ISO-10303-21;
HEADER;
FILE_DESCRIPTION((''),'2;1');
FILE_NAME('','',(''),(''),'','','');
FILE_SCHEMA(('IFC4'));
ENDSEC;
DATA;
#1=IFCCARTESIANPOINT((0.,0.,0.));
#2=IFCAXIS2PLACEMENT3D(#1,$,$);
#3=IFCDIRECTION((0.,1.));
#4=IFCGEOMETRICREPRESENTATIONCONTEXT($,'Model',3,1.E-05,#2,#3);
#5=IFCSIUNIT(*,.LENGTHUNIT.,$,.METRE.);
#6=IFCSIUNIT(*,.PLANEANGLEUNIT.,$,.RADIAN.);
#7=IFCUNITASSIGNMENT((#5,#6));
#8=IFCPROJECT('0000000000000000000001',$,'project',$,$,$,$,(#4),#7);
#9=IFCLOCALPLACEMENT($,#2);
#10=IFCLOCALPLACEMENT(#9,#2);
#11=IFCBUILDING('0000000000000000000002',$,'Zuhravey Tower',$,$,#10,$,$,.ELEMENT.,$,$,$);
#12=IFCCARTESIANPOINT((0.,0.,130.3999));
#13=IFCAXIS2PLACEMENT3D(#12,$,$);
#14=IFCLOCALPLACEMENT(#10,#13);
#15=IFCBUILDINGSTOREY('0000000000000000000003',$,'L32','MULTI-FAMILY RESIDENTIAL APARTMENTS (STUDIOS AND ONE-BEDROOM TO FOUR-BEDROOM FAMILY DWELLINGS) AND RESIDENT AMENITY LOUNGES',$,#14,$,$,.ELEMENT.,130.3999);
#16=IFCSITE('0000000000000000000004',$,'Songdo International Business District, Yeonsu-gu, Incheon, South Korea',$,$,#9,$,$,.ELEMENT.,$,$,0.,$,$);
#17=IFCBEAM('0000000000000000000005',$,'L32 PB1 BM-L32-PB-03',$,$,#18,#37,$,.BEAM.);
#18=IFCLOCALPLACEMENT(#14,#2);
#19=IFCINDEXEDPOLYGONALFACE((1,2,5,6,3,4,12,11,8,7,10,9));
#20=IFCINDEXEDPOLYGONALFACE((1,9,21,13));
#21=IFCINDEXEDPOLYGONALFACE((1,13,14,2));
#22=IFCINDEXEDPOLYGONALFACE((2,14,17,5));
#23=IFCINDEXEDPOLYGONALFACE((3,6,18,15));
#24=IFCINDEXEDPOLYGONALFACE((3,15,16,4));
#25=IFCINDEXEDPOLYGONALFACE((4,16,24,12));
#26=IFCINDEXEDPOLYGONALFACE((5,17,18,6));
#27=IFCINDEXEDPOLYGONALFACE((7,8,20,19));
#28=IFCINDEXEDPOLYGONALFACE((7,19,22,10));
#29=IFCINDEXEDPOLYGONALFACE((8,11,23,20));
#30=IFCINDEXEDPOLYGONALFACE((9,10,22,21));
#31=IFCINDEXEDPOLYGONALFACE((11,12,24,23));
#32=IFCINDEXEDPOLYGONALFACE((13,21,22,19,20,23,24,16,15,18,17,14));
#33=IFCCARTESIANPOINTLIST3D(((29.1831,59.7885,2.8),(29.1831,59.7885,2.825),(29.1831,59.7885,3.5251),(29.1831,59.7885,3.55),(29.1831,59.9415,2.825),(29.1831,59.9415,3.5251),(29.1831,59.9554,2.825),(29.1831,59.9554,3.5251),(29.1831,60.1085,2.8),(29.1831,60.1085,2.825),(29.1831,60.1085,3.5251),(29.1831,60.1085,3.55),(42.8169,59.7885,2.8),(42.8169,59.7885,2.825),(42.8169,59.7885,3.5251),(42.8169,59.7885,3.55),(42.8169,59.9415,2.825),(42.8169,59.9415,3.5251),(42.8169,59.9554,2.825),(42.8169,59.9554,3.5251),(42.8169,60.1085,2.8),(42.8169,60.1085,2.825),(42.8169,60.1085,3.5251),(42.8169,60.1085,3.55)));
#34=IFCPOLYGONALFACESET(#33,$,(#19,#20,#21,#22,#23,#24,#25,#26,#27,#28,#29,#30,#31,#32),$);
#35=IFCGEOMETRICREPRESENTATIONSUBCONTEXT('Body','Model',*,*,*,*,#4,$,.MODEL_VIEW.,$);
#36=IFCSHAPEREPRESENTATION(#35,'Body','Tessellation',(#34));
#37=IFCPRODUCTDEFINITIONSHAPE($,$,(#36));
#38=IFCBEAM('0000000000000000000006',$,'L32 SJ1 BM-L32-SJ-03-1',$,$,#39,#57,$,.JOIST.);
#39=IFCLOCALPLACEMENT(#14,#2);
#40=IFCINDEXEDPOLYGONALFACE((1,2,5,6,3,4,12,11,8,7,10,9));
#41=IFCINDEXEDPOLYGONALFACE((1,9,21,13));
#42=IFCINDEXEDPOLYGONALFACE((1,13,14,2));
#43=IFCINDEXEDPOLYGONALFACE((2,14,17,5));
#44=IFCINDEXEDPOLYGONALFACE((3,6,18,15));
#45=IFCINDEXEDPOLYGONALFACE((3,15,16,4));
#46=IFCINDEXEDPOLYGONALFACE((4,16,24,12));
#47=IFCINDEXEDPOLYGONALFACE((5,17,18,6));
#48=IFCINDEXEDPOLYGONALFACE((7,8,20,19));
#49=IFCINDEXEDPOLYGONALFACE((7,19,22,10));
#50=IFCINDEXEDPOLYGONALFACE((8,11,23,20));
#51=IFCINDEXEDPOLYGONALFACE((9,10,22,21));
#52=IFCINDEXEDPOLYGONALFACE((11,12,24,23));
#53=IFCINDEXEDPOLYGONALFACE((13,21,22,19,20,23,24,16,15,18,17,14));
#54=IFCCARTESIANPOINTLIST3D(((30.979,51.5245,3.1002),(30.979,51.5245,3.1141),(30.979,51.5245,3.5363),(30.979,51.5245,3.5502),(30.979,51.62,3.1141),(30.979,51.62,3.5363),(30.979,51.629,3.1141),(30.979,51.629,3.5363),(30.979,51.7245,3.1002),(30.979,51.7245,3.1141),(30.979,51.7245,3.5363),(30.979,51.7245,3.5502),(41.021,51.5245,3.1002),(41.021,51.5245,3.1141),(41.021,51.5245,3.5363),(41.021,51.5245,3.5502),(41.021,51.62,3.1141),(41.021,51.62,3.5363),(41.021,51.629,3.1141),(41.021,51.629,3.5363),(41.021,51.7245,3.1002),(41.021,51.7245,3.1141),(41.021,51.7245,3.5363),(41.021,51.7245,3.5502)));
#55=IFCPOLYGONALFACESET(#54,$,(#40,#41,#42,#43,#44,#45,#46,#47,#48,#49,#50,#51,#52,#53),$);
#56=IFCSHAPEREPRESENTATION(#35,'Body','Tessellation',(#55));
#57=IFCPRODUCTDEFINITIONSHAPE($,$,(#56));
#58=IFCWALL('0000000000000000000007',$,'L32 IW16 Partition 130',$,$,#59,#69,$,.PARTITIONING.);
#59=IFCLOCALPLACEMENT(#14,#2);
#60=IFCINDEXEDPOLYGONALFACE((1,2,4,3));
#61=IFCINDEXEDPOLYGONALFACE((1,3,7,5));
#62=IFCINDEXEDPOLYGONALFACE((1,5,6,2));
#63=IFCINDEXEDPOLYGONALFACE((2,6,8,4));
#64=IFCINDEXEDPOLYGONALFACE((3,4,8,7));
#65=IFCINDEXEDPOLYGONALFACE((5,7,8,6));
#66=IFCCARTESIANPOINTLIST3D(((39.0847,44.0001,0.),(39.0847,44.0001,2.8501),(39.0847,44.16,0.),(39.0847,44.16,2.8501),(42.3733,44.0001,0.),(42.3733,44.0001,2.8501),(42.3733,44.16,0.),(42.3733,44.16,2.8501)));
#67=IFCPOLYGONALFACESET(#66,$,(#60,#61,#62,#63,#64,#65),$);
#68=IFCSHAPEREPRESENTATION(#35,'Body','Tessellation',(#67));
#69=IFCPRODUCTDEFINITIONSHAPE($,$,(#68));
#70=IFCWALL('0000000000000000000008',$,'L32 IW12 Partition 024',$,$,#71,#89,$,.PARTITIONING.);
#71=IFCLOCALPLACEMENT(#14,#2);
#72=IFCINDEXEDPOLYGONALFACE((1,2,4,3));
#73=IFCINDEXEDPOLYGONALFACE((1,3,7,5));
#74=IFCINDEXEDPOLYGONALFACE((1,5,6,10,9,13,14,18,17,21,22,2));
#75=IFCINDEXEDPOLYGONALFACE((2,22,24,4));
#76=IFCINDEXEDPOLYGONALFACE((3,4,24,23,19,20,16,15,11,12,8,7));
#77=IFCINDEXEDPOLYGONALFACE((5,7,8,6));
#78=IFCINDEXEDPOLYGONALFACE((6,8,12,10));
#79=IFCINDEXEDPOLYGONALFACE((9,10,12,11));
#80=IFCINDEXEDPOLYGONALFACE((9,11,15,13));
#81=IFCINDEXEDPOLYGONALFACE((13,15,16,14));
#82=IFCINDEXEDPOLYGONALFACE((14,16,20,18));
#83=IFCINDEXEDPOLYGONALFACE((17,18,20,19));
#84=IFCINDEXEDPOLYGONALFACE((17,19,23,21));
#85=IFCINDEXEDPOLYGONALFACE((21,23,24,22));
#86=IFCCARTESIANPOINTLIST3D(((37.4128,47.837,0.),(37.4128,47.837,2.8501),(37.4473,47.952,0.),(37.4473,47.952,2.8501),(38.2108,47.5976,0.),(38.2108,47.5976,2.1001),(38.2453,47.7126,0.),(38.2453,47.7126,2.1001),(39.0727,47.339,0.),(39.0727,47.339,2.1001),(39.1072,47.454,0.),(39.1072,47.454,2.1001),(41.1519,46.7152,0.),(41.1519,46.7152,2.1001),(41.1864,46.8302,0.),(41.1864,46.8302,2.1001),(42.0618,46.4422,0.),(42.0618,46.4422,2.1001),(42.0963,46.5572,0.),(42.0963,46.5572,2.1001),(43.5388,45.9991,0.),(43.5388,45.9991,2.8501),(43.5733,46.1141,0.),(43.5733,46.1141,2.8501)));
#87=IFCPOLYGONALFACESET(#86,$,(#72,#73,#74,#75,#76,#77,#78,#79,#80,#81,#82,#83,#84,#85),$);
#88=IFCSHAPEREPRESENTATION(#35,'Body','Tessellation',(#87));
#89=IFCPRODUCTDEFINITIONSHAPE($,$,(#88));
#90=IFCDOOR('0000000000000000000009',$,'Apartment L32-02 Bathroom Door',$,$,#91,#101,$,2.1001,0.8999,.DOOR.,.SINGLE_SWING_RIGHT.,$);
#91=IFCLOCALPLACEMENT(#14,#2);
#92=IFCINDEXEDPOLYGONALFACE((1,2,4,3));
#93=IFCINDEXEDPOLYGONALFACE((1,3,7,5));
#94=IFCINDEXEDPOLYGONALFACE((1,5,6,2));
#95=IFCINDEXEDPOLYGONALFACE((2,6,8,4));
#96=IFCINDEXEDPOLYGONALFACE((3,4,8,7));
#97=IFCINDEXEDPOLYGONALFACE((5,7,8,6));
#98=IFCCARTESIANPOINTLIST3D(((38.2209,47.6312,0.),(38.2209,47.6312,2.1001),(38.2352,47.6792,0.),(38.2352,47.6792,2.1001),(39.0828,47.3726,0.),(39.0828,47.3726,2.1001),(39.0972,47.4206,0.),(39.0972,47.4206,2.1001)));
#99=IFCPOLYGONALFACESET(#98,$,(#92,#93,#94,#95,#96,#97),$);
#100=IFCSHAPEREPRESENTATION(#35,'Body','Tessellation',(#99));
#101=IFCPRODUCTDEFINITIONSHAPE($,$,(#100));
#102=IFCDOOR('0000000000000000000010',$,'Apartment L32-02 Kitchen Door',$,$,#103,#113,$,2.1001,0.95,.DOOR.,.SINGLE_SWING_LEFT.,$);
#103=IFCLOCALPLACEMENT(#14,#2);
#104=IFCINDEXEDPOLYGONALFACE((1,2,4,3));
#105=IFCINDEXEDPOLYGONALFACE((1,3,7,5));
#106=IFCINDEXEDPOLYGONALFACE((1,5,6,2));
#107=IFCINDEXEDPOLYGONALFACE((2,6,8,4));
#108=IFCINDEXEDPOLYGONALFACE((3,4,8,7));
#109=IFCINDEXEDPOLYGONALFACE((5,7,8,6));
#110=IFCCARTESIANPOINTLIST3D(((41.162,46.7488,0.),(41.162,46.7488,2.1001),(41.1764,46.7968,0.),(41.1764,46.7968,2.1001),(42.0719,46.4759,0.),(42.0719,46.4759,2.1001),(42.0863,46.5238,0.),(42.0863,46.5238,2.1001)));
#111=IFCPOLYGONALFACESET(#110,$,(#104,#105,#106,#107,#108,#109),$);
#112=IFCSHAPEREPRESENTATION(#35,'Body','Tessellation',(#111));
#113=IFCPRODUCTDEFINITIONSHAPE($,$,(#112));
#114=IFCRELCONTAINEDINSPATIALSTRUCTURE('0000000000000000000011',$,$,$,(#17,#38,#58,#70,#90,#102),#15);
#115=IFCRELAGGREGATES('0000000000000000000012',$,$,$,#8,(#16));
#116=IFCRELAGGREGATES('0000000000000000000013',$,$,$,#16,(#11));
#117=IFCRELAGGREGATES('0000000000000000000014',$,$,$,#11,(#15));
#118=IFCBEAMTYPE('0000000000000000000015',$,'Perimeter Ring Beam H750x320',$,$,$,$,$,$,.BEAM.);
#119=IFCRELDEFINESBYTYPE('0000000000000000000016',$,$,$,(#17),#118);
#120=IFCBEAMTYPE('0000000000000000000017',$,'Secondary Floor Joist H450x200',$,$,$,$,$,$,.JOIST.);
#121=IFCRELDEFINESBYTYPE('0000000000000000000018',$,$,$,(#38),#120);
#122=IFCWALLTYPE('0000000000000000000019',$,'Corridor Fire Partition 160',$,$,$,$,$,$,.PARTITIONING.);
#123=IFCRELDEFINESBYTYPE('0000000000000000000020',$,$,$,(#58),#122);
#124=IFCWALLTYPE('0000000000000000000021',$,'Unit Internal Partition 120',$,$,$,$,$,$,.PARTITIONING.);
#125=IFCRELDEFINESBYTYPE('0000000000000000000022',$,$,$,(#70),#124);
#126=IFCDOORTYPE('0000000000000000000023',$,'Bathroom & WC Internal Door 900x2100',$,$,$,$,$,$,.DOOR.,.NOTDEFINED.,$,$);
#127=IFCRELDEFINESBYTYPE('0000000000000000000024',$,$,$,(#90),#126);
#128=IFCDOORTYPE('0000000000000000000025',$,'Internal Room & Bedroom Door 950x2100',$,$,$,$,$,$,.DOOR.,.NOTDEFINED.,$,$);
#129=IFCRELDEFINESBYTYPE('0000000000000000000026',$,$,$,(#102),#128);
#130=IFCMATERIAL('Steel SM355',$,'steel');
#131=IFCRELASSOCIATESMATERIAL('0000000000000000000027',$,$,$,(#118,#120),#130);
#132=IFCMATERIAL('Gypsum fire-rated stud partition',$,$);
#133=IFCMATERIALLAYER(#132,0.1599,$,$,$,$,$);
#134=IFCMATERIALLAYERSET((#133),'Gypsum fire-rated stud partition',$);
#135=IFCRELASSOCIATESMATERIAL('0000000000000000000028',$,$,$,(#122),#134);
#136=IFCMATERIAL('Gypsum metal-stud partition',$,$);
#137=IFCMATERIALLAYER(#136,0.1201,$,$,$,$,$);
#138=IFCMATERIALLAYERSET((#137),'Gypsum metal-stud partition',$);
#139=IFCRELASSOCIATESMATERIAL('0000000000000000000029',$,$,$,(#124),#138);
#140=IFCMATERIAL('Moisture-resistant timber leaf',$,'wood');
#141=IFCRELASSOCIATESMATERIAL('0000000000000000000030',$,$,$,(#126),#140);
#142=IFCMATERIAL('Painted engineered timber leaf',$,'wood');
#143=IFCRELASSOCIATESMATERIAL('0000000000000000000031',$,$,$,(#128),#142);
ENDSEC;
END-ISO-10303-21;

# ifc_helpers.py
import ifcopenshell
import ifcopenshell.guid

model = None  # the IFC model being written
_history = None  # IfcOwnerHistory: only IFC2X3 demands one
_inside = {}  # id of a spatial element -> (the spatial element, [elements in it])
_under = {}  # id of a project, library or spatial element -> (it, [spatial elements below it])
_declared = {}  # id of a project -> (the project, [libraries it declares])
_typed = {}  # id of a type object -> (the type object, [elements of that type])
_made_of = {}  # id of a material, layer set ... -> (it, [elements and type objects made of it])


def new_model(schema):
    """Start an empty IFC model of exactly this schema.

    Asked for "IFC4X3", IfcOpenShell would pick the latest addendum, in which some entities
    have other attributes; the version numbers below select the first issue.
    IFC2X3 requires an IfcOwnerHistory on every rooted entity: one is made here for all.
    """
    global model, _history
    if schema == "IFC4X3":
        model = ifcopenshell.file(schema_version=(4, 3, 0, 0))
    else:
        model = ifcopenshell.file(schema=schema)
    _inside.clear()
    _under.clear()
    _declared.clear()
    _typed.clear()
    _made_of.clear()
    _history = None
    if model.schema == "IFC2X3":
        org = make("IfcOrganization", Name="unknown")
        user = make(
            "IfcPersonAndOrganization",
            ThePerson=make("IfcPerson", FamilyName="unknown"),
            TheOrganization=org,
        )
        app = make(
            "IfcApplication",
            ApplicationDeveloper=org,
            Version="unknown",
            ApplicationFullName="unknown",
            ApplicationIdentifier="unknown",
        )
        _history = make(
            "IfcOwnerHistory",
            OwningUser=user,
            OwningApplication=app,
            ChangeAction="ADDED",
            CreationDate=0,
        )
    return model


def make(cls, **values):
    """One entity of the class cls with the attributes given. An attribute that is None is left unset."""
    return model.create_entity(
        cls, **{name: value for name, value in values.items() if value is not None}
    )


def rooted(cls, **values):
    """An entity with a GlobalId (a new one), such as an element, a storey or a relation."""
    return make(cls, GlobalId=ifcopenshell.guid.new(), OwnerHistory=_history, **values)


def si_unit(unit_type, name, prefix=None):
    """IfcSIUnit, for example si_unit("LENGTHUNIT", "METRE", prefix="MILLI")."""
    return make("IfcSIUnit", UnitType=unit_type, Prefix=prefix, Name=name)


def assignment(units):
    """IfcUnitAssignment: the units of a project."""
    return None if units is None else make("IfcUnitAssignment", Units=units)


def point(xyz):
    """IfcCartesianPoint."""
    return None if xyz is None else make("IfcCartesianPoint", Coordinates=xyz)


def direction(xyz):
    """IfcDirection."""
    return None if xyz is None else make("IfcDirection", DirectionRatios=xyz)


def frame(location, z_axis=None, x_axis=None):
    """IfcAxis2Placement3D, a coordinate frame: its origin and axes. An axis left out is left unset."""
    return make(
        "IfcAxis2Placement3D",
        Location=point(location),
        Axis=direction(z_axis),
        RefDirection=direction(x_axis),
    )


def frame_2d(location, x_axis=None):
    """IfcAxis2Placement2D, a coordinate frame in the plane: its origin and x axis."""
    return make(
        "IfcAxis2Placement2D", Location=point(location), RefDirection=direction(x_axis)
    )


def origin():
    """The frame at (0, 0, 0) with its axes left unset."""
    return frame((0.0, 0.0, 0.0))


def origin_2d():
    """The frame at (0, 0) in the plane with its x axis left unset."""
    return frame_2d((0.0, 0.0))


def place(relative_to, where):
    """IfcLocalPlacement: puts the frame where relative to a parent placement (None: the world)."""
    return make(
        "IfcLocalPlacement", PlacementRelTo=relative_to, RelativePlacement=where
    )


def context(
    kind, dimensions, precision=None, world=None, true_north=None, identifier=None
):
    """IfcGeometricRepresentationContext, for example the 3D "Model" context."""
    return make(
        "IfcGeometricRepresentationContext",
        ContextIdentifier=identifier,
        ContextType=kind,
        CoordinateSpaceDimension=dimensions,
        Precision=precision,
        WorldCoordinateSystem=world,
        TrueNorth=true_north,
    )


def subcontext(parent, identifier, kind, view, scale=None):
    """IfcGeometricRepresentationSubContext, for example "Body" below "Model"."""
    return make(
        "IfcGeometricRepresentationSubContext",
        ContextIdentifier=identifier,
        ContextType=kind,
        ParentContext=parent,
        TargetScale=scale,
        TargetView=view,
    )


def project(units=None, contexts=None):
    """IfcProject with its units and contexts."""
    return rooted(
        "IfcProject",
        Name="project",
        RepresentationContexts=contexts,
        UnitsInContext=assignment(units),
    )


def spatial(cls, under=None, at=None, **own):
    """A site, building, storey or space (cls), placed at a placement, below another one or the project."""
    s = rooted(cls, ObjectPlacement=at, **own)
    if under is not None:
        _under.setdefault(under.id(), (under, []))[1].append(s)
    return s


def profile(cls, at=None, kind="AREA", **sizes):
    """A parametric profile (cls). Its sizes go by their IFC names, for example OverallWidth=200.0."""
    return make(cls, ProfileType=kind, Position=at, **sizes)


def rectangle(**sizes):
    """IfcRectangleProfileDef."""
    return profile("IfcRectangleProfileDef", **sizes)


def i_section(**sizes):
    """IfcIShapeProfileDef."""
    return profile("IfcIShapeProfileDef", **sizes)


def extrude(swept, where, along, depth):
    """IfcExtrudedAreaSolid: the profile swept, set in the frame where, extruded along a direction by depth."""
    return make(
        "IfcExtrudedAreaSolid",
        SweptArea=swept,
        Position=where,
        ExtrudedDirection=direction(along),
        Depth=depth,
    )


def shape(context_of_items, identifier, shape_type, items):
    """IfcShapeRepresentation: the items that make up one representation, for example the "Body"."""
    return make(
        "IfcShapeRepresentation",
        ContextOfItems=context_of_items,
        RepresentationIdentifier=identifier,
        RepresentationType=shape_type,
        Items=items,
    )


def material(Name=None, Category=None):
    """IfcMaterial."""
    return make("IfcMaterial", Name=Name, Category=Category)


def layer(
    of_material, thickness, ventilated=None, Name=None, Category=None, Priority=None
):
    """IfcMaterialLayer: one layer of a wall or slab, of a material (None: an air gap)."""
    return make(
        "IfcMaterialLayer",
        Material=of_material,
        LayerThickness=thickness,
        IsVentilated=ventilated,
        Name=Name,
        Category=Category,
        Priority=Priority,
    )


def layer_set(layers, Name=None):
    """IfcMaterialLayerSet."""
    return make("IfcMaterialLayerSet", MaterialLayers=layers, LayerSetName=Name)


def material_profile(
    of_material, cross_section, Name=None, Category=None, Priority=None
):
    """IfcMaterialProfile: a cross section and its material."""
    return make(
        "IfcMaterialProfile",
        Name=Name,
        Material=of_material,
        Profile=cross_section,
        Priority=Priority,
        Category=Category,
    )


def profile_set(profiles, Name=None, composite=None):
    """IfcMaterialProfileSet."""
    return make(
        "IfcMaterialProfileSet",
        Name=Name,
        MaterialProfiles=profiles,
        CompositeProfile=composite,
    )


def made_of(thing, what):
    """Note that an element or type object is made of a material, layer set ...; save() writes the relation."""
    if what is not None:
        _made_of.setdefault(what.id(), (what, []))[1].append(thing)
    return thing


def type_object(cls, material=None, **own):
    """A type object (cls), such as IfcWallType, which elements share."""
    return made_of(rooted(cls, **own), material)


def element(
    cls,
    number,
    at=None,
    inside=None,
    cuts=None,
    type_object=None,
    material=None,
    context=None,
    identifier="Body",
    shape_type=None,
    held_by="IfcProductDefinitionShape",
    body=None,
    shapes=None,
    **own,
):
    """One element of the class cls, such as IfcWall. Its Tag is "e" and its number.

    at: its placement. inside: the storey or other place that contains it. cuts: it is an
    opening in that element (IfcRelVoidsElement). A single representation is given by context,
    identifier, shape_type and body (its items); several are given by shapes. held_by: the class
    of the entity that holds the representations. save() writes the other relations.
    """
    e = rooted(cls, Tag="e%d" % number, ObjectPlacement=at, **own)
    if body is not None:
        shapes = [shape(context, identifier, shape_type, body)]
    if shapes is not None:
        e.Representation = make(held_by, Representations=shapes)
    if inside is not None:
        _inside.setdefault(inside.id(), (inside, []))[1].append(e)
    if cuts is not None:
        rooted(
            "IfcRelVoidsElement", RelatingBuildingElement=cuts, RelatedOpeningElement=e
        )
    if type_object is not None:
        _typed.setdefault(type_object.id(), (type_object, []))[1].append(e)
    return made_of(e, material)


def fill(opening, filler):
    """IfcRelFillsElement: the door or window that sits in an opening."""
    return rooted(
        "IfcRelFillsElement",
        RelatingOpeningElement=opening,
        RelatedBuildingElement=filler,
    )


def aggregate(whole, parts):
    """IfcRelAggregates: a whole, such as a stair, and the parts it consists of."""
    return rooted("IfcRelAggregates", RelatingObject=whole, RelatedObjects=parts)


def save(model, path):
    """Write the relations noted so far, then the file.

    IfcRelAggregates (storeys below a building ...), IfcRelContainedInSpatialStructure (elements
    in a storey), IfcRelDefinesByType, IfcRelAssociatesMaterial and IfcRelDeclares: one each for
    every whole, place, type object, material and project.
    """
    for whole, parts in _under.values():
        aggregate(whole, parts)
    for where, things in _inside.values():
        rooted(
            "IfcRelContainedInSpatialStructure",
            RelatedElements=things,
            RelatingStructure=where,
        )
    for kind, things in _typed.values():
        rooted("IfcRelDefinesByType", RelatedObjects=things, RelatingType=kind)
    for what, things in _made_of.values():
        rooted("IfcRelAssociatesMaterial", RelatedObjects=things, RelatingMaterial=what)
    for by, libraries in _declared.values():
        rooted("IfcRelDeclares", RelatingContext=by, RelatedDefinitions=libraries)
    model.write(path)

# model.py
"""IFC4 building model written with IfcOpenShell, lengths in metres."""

from ifc_helpers import new_model, si_unit, direction, frame, frame_2d, origin, origin_2d, place, context, subcontext, project, spatial, rectangle, i_section, extrude, material, layer, layer_set, material_profile, profile_set, type_object, element, fill, save


model = new_model("IFC4")

# Units and contexts
model_context = context("Model", 3, precision=1e-05, world=origin(), true_north=direction((0.0, 1.0)))
body_context = subcontext(model_context, "Body", "Model", "MODEL_VIEW")
ifc_project = project(units=[si_unit("LENGTHUNIT", "METRE"), si_unit("PLANEANGLEUNIT", "RADIAN")], contexts=[model_context])

# Site, building, storey
site_placement = place(None, origin())
site = spatial("IfcSite", under=ifc_project, at=site_placement, Name="Songdo International Business District, Yeonsu-gu, Incheon, South Korea", CompositionType="ELEMENT", RefElevation=0.0)
building_placement = place(site_placement, origin())
building = spatial("IfcBuilding", under=site, at=building_placement, Name="Zuhravey Tower", CompositionType="ELEMENT")
storey_placement = place(building_placement, frame((0.0, 0.0, 130.3999)))
storey = spatial("IfcBuildingStorey", under=building, at=storey_placement, Name="L32", Description="MULTI-FAMILY RESIDENTIAL APARTMENTS (STUDIOS AND ONE-BEDROOM TO FOUR-BEDROOM FAMILY DWELLINGS) AND RESIDENT AMENITY LOUNGES", CompositionType="ELEMENT", Elevation=130.3999)

# Beams
ifc_material_1 = material(Name="Steel SM355", Category="steel")
ifc_material_profile_1 = material_profile(ifc_material_1, i_section(OverallWidth=0.3201, OverallDepth=0.75, WebThickness=0.0139, FlangeThickness=0.0249, at=origin_2d()), Name="H-750x320x14x25")
ifc_profile_set_1 = profile_set([ifc_material_profile_1], Name="Steel SM355")
beam_type_1 = type_object("IfcBeamType", Name="Perimeter Ring Beam H750x320", PredefinedType="BEAM", material=ifc_profile_set_1)
beam_1_placement = place(storey_placement, frame((42.8169, 59.9485, 3.175), z_axis=(-1.0, 0.0, 0.0), x_axis=(0.0, -1.0, 0.0)))
element("IfcBeam", 1, at=beam_1_placement, inside=storey, type_object=beam_type_1, Name="L32 PB1 BM-L32-PB-03", PredefinedType="BEAM", context=body_context, shape_type="SweptSolid", body=[
    extrude(i_section(OverallWidth=0.3201, OverallDepth=0.75, WebThickness=0.0139, FlangeThickness=0.0249, at=origin_2d()), origin(), (0.0, 0.0, 1.0), 13.6338),
])
ifc_material_profile_2 = material_profile(ifc_material_1, i_section(OverallWidth=0.2, OverallDepth=0.45, WebThickness=0.009, FlangeThickness=0.0139, at=origin_2d()), Name="H-450x200x9x14")
ifc_profile_set_2 = profile_set([ifc_material_profile_2], Name="Steel SM355")
beam_type_2 = type_object("IfcBeamType", Name="Secondary Floor Joist H450x200", PredefinedType="JOIST", material=ifc_profile_set_2)
beam_2_placement = place(storey_placement, frame((41.021, 51.6245, 3.3252), z_axis=(-1.0, 0.0, 0.0), x_axis=(0.0, -1.0, 0.0)))
element("IfcBeam", 2, at=beam_2_placement, inside=storey, type_object=beam_type_2, Name="L32 SJ1 BM-L32-SJ-03-1", PredefinedType="JOIST", context=body_context, shape_type="SweptSolid", body=[
    extrude(i_section(OverallWidth=0.2, OverallDepth=0.45, WebThickness=0.009, FlangeThickness=0.0139, at=origin_2d()), origin(), (0.0, 0.0, 1.0), 10.042),
])

# Shared definitions
ifc_material_2 = material(Name="Gypsum fire-rated stud partition")
ifc_layer_1 = layer(ifc_material_2, 0.1599)
ifc_layer_set_1 = layer_set([ifc_layer_1], Name="Gypsum fire-rated stud partition")
wall_type_1 = type_object("IfcWallType", Name="Corridor Fire Partition 160", PredefinedType="PARTITIONING", material=ifc_layer_set_1)

# Wall
wall_1_placement = place(storey_placement, frame((42.3733, 44.0801, 0.0), z_axis=(0.0, 0.0, 1.0), x_axis=(-1.0, 0.0, 0.0)))
element("IfcWall", 3, at=wall_1_placement, inside=storey, type_object=wall_type_1, Name="L32 IW16 Partition 130", PredefinedType="PARTITIONING", context=body_context, shape_type="SweptSolid", body=[
    extrude(rectangle(XDim=3.2886, YDim=0.1599, at=frame_2d((1.6443, 0.0))), origin(), (0.0, 0.0, 1.0), 2.8501),
])

# Wall, openings, doors
ifc_material_3 = material(Name="Gypsum metal-stud partition")
ifc_layer_2 = layer(ifc_material_3, 0.1201)
ifc_layer_set_2 = layer_set([ifc_layer_2], Name="Gypsum metal-stud partition")
wall_type_2 = type_object("IfcWallType", Name="Unit Internal Partition 120", PredefinedType="PARTITIONING", material=ifc_layer_set_2)
wall_2_placement = place(storey_placement, frame((43.5559, 46.0566, 0.0), z_axis=(0.0, 0.0, 1.0), x_axis=(-0.957822, 0.287362, 0.0)))
wall_2 = element("IfcWall", 4, at=wall_2_placement, inside=storey, type_object=wall_type_2, Name="L32 IW12 Partition 024", PredefinedType="PARTITIONING", context=body_context, shape_type="SweptSolid", body=[
    extrude(rectangle(XDim=6.3958, YDim=0.1201, at=frame_2d((3.1978, 0.0))), origin(), (0.0, 0.0, 1.0), 2.8501),
])
opening_1_placement = place(wall_2_placement, frame((1.5417, 0.0, 0.0)))
opening_1 = element("IfcOpeningElement", 5, at=opening_1_placement, cuts=wall_2, PredefinedType="OPENING", context=body_context, shape_type="SweptSolid", body=[
    extrude(rectangle(XDim=0.95, YDim=2.1001, at=frame_2d((0.4751, 1.05))), frame((0.0, 0.072, 0.0), z_axis=(0.0, -1.0, 0.0), x_axis=(1.0, 0.0, 0.0)), (0.0, 0.0, 1.0), 0.144),
])
opening_2_placement = place(wall_2_placement, frame((4.6626, 0.0, 0.0)))
opening_2 = element("IfcOpeningElement", 6, at=opening_2_placement, cuts=wall_2, PredefinedType="OPENING", context=body_context, shape_type="SweptSolid", body=[
    extrude(rectangle(XDim=0.8999, YDim=2.1001, at=frame_2d((0.45, 1.05))), frame((0.0, 0.072, 0.0), z_axis=(0.0, -1.0, 0.0), x_axis=(1.0, 0.0, 0.0)), (0.0, 0.0, 1.0), 0.144),
])
ifc_material_4 = material(Name="Moisture-resistant timber leaf", Category="wood")
door_type_1 = type_object("IfcDoorType", Name="Bathroom & WC Internal Door 900x2100", OperationType="NOTDEFINED", PredefinedType="DOOR", material=ifc_material_4)
door_1_placement = place(opening_2_placement, origin())
door_1 = element("IfcDoor", 7, at=door_1_placement, inside=storey, type_object=door_type_1, Name="Apartment L32-02 Bathroom Door", OperationType="SINGLE_SWING_RIGHT", OverallHeight=2.1001, OverallWidth=0.8999, PredefinedType="DOOR", context=body_context, shape_type="SweptSolid", body=[
    extrude(rectangle(XDim=0.8999, YDim=2.1001, at=frame_2d((0.45, 1.05))), frame((0.0, 0.0249, 0.0), z_axis=(0.0, -1.0, 0.0), x_axis=(1.0, 0.0, 0.0)), (0.0, 0.0, 1.0), 0.05),
])
fill(opening_2, door_1)
ifc_material_5 = material(Name="Painted engineered timber leaf", Category="wood")
door_type_2 = type_object("IfcDoorType", Name="Internal Room & Bedroom Door 950x2100", OperationType="NOTDEFINED", PredefinedType="DOOR", material=ifc_material_5)
door_2_placement = place(opening_1_placement, origin())
door_2 = element("IfcDoor", 8, at=door_2_placement, inside=storey, type_object=door_type_2, Name="Apartment L32-02 Kitchen Door", OperationType="SINGLE_SWING_LEFT", OverallHeight=2.1001, OverallWidth=0.95, PredefinedType="DOOR", context=body_context, shape_type="SweptSolid", body=[
    extrude(rectangle(XDim=0.95, YDim=2.1001, at=frame_2d((0.4751, 1.05))), frame((0.0, 0.0249, 0.0), z_axis=(0.0, -1.0, 0.0), x_axis=(1.0, 0.0, 0.0)), (0.0, 0.0, 1.0), 0.05),
])
fill(opening_1, door_2)

save(model, "model.ifc")
